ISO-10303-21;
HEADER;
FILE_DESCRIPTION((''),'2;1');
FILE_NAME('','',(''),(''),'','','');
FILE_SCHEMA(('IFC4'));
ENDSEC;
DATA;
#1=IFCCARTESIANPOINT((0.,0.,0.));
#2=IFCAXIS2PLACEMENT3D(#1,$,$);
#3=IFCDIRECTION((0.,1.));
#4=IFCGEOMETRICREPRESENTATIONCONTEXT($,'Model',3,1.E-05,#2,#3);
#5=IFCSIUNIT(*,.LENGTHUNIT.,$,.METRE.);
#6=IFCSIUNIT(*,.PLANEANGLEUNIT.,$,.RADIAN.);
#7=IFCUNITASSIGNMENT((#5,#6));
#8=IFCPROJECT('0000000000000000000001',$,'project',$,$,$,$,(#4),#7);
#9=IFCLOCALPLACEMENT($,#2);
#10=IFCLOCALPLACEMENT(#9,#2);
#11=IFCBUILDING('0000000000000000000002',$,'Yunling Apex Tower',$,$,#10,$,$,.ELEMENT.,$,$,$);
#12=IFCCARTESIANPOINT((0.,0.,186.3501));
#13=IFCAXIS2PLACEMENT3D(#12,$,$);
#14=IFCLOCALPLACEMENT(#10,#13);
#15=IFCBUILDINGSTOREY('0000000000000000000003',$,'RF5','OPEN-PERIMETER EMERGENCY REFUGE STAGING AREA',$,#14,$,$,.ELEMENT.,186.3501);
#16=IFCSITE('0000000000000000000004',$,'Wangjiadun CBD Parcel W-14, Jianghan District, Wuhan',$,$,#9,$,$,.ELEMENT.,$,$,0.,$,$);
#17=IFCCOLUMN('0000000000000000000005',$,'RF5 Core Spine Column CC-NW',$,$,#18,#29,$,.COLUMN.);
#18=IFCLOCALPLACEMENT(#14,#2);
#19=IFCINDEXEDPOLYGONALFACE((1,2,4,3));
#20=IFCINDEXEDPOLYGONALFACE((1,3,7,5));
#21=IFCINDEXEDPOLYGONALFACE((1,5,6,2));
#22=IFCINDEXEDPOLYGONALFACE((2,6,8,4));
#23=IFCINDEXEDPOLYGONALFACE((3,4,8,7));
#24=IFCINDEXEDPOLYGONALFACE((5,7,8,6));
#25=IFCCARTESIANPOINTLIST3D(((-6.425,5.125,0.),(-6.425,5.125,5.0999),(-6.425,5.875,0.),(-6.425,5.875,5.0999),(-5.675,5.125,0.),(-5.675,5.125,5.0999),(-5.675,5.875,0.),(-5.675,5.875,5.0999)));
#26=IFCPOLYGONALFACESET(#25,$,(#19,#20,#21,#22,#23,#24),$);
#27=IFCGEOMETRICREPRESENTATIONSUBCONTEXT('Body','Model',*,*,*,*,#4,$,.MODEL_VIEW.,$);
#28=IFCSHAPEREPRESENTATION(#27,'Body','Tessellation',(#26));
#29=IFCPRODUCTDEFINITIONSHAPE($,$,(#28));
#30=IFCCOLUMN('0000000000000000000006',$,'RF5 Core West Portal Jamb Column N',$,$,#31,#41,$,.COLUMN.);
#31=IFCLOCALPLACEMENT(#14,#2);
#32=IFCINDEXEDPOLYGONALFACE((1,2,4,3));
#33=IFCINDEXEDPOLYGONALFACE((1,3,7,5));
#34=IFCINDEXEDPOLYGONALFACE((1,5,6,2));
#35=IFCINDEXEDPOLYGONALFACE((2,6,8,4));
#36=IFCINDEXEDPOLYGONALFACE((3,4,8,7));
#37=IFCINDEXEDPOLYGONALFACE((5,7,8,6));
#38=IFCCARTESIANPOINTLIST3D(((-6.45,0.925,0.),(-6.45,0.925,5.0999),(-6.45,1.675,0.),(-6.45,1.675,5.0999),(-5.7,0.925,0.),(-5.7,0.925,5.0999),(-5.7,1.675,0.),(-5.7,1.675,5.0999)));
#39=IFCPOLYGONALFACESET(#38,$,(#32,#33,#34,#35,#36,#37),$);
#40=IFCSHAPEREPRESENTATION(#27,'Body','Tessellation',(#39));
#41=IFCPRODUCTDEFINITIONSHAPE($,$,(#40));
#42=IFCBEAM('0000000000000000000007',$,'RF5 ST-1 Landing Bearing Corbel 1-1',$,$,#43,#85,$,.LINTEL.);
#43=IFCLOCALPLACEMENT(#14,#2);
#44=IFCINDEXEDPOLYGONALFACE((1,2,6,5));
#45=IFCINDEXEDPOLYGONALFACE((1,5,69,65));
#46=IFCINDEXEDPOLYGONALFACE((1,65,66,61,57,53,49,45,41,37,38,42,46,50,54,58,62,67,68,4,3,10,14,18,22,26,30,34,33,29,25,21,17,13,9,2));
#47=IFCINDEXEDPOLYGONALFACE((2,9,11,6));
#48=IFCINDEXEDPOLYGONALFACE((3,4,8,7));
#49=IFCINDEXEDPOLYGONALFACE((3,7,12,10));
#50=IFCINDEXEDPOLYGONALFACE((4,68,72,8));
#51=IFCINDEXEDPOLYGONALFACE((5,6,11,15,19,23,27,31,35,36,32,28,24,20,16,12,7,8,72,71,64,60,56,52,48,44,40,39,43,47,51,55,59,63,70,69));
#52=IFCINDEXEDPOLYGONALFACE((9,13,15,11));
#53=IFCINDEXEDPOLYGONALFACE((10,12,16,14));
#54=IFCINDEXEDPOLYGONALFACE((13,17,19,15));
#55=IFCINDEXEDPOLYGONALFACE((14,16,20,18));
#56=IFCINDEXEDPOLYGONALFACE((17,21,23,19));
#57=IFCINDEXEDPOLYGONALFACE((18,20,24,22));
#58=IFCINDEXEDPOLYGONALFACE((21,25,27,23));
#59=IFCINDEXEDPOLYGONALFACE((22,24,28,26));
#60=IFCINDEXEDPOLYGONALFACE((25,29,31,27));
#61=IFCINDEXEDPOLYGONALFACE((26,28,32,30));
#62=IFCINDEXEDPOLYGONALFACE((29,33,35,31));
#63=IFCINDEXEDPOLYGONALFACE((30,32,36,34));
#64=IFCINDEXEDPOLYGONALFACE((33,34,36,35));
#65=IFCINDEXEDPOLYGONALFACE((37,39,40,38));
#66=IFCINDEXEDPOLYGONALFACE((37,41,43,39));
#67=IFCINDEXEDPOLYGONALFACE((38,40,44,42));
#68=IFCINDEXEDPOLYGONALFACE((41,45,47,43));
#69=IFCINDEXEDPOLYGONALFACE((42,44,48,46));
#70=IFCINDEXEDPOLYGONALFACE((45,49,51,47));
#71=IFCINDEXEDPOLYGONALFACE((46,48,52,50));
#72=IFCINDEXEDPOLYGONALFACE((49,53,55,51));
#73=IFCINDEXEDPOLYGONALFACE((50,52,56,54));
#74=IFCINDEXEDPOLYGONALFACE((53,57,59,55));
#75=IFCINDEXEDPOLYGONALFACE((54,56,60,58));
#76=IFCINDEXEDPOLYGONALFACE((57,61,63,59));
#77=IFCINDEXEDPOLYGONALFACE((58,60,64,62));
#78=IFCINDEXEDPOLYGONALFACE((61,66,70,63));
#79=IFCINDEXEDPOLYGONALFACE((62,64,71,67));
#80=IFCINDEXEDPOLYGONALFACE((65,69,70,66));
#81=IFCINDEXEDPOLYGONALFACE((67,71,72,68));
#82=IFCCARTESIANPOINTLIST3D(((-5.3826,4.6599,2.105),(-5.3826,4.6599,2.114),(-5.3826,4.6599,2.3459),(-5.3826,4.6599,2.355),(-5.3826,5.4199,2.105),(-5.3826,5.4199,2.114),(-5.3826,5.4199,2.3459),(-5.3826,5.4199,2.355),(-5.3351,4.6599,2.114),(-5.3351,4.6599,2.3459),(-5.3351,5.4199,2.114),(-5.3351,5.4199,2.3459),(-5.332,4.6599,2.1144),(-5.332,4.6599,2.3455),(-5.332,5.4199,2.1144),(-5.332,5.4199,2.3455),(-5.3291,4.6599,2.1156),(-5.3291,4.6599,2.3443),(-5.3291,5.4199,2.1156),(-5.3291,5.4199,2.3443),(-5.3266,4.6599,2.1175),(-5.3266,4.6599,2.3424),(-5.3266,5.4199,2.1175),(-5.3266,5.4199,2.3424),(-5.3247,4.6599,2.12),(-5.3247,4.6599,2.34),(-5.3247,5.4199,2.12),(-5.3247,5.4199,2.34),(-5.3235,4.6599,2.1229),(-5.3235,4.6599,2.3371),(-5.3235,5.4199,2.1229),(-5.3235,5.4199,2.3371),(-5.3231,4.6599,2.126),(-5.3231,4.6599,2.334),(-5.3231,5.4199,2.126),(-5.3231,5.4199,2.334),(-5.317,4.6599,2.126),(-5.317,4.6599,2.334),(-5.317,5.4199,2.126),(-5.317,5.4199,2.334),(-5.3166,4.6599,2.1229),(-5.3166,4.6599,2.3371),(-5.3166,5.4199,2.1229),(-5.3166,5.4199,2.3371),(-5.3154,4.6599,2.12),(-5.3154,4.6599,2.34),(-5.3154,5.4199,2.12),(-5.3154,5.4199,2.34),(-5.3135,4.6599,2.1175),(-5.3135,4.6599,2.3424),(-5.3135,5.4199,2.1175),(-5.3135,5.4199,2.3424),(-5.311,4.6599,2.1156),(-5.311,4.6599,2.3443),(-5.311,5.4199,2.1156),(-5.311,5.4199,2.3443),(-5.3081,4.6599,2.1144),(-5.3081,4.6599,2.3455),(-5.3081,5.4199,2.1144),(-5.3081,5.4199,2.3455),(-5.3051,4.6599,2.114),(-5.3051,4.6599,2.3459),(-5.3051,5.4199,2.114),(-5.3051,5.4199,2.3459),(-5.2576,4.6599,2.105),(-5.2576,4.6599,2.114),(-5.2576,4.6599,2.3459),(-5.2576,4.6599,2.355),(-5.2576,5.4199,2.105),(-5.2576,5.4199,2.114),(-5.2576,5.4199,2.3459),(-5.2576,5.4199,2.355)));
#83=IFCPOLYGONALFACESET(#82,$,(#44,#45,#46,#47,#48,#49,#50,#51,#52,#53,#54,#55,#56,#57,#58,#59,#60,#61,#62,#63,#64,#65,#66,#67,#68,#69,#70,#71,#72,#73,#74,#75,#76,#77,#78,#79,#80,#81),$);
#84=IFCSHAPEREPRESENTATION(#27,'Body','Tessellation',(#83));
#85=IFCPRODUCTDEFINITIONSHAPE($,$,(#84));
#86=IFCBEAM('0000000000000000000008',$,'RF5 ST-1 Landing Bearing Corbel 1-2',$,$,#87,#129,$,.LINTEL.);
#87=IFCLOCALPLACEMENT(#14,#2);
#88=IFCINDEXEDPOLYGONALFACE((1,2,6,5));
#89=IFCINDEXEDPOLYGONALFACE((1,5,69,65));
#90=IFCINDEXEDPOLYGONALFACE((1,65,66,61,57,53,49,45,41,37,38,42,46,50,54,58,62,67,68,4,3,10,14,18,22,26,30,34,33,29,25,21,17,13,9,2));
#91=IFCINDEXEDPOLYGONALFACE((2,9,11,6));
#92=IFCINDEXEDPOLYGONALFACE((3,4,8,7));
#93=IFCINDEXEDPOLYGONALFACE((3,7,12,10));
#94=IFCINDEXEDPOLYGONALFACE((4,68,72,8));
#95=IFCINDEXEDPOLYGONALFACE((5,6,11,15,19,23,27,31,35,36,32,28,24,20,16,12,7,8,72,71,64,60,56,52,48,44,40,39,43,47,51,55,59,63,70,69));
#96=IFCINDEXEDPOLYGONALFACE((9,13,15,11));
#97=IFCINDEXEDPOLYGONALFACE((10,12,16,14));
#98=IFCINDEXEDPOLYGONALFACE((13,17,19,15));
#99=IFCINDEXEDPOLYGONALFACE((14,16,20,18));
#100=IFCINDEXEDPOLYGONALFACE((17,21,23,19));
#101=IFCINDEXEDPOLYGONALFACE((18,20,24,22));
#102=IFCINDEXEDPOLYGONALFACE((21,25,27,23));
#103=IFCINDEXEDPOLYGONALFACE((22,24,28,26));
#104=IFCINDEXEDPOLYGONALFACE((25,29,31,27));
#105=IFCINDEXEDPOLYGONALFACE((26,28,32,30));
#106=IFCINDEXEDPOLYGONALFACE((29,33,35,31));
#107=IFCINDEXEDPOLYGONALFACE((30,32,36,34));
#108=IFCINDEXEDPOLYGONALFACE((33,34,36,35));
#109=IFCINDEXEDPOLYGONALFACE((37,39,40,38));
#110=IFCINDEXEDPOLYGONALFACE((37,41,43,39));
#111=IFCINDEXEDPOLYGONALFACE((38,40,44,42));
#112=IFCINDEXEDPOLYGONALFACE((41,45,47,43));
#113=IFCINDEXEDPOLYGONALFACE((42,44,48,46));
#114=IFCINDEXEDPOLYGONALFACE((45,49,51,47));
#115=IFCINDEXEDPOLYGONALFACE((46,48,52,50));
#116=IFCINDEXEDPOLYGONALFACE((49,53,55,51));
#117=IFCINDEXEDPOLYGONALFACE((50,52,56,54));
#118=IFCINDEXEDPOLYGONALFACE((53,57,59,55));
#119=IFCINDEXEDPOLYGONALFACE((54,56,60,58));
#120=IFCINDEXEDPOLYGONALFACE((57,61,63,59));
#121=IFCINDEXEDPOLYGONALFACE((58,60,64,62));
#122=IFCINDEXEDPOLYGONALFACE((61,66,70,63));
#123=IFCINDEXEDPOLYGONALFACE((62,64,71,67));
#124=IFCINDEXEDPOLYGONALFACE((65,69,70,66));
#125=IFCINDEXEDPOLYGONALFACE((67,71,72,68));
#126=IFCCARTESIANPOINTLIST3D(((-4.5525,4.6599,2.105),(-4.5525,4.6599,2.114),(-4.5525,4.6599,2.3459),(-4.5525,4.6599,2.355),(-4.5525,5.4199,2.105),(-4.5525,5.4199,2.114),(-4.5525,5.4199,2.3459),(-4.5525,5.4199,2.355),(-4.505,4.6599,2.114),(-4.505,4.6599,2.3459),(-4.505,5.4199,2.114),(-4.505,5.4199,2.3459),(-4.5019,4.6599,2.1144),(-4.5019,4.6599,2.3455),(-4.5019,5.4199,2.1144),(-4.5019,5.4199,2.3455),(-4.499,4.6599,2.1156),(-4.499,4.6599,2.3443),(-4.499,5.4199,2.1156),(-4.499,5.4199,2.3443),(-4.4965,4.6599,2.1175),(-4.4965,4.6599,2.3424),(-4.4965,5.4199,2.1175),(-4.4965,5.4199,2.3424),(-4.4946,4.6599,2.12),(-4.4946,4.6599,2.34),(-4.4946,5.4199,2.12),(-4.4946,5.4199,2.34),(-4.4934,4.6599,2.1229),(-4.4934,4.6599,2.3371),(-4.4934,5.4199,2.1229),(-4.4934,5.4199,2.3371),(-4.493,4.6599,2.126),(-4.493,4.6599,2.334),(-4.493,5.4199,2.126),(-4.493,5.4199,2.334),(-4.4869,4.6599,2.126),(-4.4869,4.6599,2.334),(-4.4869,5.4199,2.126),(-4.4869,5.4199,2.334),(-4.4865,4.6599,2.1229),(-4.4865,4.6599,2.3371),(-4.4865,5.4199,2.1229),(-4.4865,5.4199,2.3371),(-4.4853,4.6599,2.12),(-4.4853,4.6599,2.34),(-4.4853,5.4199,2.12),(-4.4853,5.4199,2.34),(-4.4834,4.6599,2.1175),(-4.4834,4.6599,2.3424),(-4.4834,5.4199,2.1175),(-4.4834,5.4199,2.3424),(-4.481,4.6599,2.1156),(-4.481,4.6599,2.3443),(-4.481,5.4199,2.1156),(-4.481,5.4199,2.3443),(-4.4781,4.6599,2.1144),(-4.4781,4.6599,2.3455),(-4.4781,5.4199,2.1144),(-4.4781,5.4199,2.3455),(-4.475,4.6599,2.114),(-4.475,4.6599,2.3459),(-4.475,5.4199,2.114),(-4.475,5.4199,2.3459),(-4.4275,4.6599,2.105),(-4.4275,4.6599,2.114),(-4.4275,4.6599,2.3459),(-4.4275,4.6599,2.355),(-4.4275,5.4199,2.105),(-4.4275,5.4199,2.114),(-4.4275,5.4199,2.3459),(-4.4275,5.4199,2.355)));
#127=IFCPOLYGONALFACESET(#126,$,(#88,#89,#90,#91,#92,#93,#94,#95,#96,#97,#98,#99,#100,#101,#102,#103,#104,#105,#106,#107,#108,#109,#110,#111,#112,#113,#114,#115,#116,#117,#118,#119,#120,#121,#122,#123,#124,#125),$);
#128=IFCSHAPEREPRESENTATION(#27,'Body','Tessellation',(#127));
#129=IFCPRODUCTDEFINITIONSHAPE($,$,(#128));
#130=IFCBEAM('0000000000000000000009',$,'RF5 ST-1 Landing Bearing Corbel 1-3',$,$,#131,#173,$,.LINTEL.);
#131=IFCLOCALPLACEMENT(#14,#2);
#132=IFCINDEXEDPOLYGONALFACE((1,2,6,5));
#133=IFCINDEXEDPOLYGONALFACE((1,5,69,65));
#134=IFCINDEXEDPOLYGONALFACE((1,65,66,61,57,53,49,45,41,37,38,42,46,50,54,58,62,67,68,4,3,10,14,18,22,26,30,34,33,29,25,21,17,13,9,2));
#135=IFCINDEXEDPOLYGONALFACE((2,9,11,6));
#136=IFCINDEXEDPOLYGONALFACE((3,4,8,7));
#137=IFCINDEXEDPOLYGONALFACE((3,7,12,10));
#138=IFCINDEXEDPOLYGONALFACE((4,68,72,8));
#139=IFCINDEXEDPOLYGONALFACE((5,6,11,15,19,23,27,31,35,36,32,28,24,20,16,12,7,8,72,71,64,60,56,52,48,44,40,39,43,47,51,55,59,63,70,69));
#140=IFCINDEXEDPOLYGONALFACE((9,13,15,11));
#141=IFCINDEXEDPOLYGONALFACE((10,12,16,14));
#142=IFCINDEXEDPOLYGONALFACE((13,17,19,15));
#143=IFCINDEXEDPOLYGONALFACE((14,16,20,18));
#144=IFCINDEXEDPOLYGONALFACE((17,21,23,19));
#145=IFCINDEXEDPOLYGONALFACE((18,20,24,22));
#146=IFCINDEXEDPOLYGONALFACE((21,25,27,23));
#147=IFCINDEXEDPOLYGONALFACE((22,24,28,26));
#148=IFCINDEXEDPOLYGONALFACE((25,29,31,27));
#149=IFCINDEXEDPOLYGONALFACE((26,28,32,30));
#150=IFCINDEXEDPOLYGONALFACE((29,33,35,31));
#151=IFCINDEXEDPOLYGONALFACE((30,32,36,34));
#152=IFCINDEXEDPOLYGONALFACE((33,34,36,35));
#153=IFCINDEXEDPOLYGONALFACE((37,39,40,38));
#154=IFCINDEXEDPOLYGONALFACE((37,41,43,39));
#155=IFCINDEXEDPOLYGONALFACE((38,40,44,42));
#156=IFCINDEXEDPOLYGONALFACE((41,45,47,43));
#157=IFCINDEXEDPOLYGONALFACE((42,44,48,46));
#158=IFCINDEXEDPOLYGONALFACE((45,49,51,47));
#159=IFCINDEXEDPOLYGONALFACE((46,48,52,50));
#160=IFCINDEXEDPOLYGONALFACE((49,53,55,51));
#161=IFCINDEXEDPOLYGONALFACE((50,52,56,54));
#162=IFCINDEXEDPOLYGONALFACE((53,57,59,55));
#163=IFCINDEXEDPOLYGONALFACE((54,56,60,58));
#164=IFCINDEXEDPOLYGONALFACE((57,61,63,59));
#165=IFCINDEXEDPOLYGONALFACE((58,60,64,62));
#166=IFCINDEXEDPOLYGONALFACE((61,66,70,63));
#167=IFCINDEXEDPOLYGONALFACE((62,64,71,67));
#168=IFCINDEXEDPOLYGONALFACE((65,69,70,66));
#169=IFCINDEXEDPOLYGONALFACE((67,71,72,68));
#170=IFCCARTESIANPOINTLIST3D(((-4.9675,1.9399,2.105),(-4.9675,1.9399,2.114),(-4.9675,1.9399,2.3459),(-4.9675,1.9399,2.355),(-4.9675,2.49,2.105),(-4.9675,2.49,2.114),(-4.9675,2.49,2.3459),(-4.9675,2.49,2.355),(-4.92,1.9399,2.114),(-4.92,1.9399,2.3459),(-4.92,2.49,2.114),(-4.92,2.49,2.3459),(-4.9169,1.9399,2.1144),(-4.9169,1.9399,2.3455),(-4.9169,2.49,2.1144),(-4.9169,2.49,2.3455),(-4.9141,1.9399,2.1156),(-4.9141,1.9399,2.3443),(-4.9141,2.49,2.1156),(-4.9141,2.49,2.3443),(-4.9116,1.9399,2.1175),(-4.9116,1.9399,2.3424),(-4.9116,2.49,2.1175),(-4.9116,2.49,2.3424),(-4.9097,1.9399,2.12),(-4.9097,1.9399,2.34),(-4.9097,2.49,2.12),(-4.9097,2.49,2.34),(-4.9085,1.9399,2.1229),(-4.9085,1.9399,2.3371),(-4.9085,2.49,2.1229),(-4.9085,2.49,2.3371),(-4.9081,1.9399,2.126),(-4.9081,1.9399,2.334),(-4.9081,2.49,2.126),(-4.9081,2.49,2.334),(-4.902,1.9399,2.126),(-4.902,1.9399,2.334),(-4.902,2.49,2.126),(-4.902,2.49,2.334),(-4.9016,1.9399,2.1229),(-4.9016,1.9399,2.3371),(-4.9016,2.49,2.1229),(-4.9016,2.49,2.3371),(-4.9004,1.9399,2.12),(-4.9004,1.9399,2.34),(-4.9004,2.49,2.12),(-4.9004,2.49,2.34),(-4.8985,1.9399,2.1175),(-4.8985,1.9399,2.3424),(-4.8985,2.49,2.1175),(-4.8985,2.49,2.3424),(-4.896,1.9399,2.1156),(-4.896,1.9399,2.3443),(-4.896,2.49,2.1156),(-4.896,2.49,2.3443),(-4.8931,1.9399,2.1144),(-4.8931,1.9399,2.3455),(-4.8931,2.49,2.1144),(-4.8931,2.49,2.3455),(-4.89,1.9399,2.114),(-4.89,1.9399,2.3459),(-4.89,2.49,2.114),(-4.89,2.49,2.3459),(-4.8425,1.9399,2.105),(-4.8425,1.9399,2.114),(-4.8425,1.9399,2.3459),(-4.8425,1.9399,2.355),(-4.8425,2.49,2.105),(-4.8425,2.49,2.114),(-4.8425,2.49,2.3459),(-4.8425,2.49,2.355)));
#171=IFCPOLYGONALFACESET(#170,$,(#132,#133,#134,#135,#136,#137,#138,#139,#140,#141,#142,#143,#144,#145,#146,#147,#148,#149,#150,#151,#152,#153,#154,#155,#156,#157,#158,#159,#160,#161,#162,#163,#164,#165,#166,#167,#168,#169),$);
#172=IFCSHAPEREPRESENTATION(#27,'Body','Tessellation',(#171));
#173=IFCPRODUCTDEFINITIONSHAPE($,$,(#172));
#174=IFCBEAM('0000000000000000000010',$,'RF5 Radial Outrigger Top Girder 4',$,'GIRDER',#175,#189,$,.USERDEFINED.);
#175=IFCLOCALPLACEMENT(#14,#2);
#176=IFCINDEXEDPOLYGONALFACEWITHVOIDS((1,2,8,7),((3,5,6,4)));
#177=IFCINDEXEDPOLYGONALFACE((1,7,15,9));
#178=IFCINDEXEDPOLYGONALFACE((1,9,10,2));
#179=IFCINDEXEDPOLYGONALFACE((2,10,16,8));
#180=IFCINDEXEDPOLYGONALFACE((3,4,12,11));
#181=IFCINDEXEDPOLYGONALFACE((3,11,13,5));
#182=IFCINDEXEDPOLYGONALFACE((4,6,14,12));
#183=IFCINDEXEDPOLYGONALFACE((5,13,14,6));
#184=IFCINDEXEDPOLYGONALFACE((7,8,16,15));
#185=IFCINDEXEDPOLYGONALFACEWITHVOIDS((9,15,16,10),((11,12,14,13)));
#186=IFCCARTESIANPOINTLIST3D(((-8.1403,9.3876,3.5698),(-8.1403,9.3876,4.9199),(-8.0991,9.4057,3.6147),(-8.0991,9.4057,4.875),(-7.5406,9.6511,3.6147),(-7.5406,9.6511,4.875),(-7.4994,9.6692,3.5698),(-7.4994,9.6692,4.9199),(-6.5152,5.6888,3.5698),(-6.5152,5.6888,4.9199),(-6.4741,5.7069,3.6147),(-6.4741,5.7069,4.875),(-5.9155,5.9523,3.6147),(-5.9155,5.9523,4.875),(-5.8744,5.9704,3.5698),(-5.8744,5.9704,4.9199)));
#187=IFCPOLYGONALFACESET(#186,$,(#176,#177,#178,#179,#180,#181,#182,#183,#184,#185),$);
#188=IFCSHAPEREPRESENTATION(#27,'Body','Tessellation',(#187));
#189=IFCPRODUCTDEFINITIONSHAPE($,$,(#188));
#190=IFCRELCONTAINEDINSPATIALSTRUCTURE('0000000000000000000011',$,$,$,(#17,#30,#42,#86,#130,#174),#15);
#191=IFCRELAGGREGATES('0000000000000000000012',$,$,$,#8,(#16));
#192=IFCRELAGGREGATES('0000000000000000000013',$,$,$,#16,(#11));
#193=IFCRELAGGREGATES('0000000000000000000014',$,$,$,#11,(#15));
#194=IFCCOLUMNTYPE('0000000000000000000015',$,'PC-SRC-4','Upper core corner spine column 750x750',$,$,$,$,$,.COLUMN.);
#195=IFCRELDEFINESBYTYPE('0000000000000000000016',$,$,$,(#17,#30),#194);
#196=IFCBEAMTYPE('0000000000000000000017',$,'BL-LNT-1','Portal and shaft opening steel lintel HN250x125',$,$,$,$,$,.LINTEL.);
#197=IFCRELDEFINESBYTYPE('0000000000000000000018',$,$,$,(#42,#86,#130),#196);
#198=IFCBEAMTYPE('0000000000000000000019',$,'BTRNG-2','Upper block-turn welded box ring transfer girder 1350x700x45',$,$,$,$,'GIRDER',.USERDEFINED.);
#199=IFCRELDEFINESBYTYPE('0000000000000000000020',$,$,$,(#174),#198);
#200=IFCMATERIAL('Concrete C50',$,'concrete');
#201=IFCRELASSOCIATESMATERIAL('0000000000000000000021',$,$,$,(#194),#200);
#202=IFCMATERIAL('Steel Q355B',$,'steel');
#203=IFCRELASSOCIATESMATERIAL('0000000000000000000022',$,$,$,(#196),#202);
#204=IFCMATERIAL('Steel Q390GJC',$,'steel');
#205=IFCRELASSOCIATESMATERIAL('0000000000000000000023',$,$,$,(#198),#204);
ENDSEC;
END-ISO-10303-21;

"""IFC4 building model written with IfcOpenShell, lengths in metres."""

from ifc_helpers import new_model, si_unit, direction, frame, origin, origin_2d, place, context, subcontext, project, spatial, rectangle, hollow_rectangle, i_section, extrude, source, transform, mapped, material, material_profile, profile_set, type_object, element, save


model = new_model("IFC4")

# Units and contexts
model_context = context("Model", 3, precision=1e-05, world=origin(), true_north=direction((0.0, 1.0)))
body_context = subcontext(model_context, "Body", "Model", "MODEL_VIEW")
ifc_project = project(units=[si_unit("LENGTHUNIT", "METRE"), si_unit("PLANEANGLEUNIT", "RADIAN")], contexts=[model_context])

# Site, building, storey
site_placement = place(None, origin())
site = spatial("IfcSite", under=ifc_project, at=site_placement, Name="Wangjiadun CBD Parcel W-14, Jianghan District, Wuhan", CompositionType="ELEMENT", RefElevation=0.0)
building_placement = place(site_placement, origin())
building = spatial("IfcBuilding", under=site, at=building_placement, Name="Yunling Apex Tower", CompositionType="ELEMENT")
storey_placement = place(building_placement, frame((0.0, 0.0, 186.3501)))
storey = spatial("IfcBuildingStorey", under=building, at=storey_placement, Name="RF5", Description="OPEN-PERIMETER EMERGENCY REFUGE STAGING AREA", CompositionType="ELEMENT", Elevation=186.3501)

# Columns
ifc_material_1 = material(Name="Concrete C50", Category="concrete")
ifc_material_profile_1 = material_profile(ifc_material_1, rectangle(XDim=0.75, YDim=0.75, at=origin_2d()))
ifc_profile_set_1 = profile_set([ifc_material_profile_1], Name="Concrete C50")
column_type = type_object("IfcColumnType", Name="PC-SRC-4", Description="Upper core corner spine column 750x750", PredefinedType="COLUMN", material=ifc_profile_set_1)
shared_shape_1 = source(origin(), body_context, "Body", "SweptSolid", [
    extrude(rectangle(XDim=0.75, YDim=0.75, at=origin_2d()), origin(), (0.0, 0.0, 1.0), 5.0999),
])
for number, where, z_axis, x_axis, name in (
    (1, (-6.05, 5.5, 0.0), (0.0, 0.0, 1.0), (1.0, 0.0, 0.0), "RF5 Core Spine Column CC-NW"),
    (2, (-6.075, 1.3, 0.0), (0.0, 0.0, 1.0), (1.0, 0.0, 0.0), "RF5 Core West Portal Jamb Column N"),
):
    element("IfcColumn", number, at=place(storey_placement, frame(where, z_axis=z_axis, x_axis=x_axis)), inside=storey, type_object=column_type, Name=name, PredefinedType="COLUMN", context=body_context, shape_type="MappedRepresentation", body=[
        mapped(shared_shape_1, transform((0.0, 0.0, 0.0), scale=1.0)),
    ])

# Beams
ifc_material_2 = material(Name="Steel Q355B", Category="steel")
ifc_material_profile_2 = material_profile(ifc_material_2, i_section(OverallWidth=0.125, OverallDepth=0.25, WebThickness=0.0061, FlangeThickness=0.009, FilletRadius=0.012, at=origin_2d()))
ifc_profile_set_2 = profile_set([ifc_material_profile_2], Name="Steel Q355B")
beam_type_1 = type_object("IfcBeamType", Name="BL-LNT-1", Description="Portal and shaft opening steel lintel HN250x125", PredefinedType="LINTEL", material=ifc_profile_set_2)
shared_shape_2 = source(origin(), body_context, "Body", "SweptSolid", [
    extrude(i_section(OverallWidth=0.125, OverallDepth=0.25, WebThickness=0.0061, FlangeThickness=0.009, FilletRadius=0.012, at=origin_2d()), origin(), (0.0, 0.0, 1.0), 0.76),
])
for number, where, z_axis, x_axis, name in (
    (3, (-5.3201, 5.4199, 2.23), (0.0, -1.0, 0.0), (1.0, 0.0, 0.0), "RF5 ST-1 Landing Bearing Corbel 1-1"),
    (4, (-4.49, 5.4199, 2.23), (0.0, -1.0, 0.0), (1.0, 0.0, 0.0), "RF5 ST-1 Landing Bearing Corbel 1-2"),
):
    element("IfcBeam", number, at=place(storey_placement, frame(where, z_axis=z_axis, x_axis=x_axis)), inside=storey, type_object=beam_type_1, Name=name, PredefinedType="LINTEL", context=body_context, shape_type="MappedRepresentation", body=[
        mapped(shared_shape_2, transform((0.0, 0.0, 0.0), scale=1.0)),
    ])
shared_shape_3 = source(origin(), body_context, "Body", "SweptSolid", [
    extrude(i_section(OverallWidth=0.125, OverallDepth=0.25, WebThickness=0.0061, FlangeThickness=0.009, FilletRadius=0.012, at=origin_2d()), origin(), (0.0, 0.0, 1.0), 0.55),
])
beam_1_placement = place(storey_placement, frame((-4.905, 1.9399, 2.23), z_axis=(0.0, 1.0, 0.0), x_axis=(-1.0, 0.0, 0.0)))
element("IfcBeam", 5, at=beam_1_placement, inside=storey, type_object=beam_type_1, Name="RF5 ST-1 Landing Bearing Corbel 1-3", PredefinedType="LINTEL", context=body_context, shape_type="MappedRepresentation", body=[
    mapped(shared_shape_3, transform((0.0, 0.0, 0.0), scale=1.0)),
])
ifc_material_3 = material(Name="Steel Q390GJC", Category="steel")
ifc_material_profile_3 = material_profile(ifc_material_3, hollow_rectangle(XDim=0.7, YDim=1.3501, WallThickness=0.0449, at=origin_2d()))
ifc_profile_set_3 = profile_set([ifc_material_profile_3], Name="Steel Q390GJC")
beam_type_2 = type_object("IfcBeamType", Name="BTRNG-2", Description="Upper block-turn welded box ring transfer girder 1350x700x45", ElementType="GIRDER", PredefinedType="USERDEFINED", material=ifc_profile_set_3)
shared_shape_4 = source(origin(), body_context, "Body", "SweptSolid", [
    extrude(hollow_rectangle(XDim=0.7, YDim=1.3501, WallThickness=0.0449, at=origin_2d()), origin(), (0.0, 0.0, 1.0), 4.04),
])
beam_2_placement = place(storey_placement, frame((-6.1948, 5.8296, 4.2449), z_axis=(-0.402232, 0.915538, 0.0), x_axis=(-0.915538, -0.402232, 0.0)))
element("IfcBeam", 6, at=beam_2_placement, inside=storey, type_object=beam_type_2, Name="RF5 Radial Outrigger Top Girder 4", ObjectType="GIRDER", PredefinedType="USERDEFINED", context=body_context, shape_type="MappedRepresentation", body=[
    mapped(shared_shape_4, transform((0.0, 0.0, 0.0), scale=1.0)),
])

save(model, "model.ifc")
